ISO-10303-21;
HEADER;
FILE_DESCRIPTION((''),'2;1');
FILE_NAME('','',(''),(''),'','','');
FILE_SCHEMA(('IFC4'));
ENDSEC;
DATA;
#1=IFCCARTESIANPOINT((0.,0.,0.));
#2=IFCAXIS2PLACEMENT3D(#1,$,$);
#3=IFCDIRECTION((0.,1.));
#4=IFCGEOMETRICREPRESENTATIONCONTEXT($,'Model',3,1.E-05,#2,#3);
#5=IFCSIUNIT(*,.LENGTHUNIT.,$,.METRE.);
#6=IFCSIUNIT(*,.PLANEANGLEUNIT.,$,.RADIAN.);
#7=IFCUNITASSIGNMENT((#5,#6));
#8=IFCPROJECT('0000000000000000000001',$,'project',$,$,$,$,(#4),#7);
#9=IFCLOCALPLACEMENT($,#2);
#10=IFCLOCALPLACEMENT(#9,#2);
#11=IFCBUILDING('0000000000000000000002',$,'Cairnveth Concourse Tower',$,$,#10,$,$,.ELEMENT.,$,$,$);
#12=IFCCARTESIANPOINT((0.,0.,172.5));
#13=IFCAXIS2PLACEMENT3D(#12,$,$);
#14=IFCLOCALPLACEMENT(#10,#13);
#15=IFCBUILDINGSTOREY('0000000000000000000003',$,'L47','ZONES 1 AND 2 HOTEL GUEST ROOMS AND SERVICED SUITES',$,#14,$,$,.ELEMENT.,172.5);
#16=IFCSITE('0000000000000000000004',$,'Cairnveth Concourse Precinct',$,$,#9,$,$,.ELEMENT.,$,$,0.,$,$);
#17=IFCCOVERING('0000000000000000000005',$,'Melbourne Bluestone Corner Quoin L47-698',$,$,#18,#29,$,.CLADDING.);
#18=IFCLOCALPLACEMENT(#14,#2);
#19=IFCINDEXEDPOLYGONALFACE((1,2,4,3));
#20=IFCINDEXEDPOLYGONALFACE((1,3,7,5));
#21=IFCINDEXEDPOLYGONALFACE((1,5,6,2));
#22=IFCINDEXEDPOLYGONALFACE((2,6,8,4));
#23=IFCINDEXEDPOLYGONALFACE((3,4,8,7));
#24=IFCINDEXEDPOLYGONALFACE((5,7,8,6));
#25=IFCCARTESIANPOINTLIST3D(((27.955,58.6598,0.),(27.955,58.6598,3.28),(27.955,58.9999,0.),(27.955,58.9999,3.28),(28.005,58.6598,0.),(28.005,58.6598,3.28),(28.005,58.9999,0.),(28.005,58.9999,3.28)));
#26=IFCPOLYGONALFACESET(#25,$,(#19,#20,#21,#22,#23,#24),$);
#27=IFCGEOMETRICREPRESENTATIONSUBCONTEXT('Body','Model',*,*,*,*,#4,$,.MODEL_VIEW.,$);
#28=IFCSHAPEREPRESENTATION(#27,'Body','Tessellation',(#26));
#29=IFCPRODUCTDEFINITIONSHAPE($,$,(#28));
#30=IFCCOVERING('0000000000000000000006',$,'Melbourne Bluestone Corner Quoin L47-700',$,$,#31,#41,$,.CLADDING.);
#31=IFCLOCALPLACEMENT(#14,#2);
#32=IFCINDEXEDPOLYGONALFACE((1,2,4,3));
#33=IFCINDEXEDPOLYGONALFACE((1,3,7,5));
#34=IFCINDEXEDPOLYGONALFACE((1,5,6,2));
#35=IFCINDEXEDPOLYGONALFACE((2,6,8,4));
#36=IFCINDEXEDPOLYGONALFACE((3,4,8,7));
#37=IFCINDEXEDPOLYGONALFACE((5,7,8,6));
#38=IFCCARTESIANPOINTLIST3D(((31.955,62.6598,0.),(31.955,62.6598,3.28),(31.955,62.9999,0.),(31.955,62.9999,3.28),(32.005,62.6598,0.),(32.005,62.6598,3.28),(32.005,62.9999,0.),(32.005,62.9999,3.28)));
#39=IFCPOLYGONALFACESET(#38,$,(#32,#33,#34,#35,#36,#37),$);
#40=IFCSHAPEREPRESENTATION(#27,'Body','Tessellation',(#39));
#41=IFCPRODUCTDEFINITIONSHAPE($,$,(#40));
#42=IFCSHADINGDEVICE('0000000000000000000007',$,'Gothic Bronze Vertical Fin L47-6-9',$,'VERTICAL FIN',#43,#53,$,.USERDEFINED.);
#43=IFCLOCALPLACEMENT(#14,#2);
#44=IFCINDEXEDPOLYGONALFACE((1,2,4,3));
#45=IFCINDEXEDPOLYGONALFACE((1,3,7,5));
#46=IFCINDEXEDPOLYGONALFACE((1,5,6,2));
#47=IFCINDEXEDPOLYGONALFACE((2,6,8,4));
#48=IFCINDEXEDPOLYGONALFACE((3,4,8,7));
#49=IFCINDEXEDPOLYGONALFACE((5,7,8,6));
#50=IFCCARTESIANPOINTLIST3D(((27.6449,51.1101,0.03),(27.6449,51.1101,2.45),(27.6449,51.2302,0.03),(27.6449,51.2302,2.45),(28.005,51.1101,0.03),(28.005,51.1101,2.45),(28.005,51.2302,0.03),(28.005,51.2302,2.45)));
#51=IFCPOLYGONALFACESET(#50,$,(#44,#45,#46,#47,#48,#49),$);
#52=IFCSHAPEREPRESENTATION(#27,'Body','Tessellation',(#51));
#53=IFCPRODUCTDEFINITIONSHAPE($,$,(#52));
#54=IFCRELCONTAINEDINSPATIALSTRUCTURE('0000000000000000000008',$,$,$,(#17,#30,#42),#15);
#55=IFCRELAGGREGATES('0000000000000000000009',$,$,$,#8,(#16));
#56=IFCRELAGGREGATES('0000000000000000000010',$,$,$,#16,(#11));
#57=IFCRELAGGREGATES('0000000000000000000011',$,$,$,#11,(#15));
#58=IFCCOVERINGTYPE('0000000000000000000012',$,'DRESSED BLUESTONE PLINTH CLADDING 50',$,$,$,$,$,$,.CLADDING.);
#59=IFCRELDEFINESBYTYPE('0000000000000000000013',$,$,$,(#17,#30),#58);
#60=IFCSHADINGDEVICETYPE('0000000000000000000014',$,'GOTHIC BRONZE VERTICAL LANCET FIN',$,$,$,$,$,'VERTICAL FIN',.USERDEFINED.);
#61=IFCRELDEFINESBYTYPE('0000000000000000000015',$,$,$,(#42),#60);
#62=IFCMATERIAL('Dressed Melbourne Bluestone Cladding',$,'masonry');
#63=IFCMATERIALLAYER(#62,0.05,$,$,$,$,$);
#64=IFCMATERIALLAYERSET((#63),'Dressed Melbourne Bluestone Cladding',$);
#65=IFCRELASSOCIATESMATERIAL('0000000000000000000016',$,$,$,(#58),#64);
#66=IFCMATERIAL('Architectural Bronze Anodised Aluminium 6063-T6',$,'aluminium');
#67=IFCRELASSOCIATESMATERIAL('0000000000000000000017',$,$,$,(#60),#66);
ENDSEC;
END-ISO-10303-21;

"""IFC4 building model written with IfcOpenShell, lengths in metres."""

from ifc_helpers import new_model, si_unit, direction, frame, frame_2d, origin, origin_2d, place, context, subcontext, project, spatial, rectangle, extrude, material, layer, layer_set, type_object, element, save


model = new_model("IFC4")

# Units and contexts
model_context = context("Model", 3, precision=1e-05, world=origin(), true_north=direction((0.0, 1.0)))
body_context = subcontext(model_context, "Body", "Model", "MODEL_VIEW")
ifc_project = project(units=[si_unit("LENGTHUNIT", "METRE"), si_unit("PLANEANGLEUNIT", "RADIAN")], contexts=[model_context])

# Site, building, storey
site_placement = place(None, origin())
site = spatial("IfcSite", under=ifc_project, at=site_placement, Name="Cairnveth Concourse Precinct", CompositionType="ELEMENT", RefElevation=0.0)
building_placement = place(site_placement, origin())
building = spatial("IfcBuilding", under=site, at=building_placement, Name="Cairnveth Concourse Tower", CompositionType="ELEMENT")
storey_placement = place(building_placement, frame((0.0, 0.0, 172.5)))
storey = spatial("IfcBuildingStorey", under=building, at=storey_placement, Name="L47", Description="ZONES 1 AND 2 HOTEL GUEST ROOMS AND SERVICED SUITES", CompositionType="ELEMENT", Elevation=172.5)

# Coverings
ifc_material_1 = material(Name="Dressed Melbourne Bluestone Cladding", Category="masonry")
ifc_layer_1 = layer(ifc_material_1, 0.05)
ifc_layer_set_1 = layer_set([ifc_layer_1], Name="Dressed Melbourne Bluestone Cladding")
covering_type = type_object("IfcCoveringType", Name="DRESSED BLUESTONE PLINTH CLADDING 50", PredefinedType="CLADDING", material=ifc_layer_set_1)
for number, where, z_axis, x_axis, name in (
    (1, (27.98, 58.6599, 0.0), (0.0, 0.0, 1.0), (0.0, 1.0, 0.0), "Melbourne Bluestone Corner Quoin L47-698"),
    (2, (31.98, 62.6599, 0.0), (0.0, 0.0, 1.0), (0.0, 1.0, 0.0), "Melbourne Bluestone Corner Quoin L47-700"),
):
    element("IfcCovering", number, at=place(storey_placement, frame(where, z_axis=z_axis, x_axis=x_axis)), inside=storey, type_object=covering_type, Name=name, PredefinedType="CLADDING", context=body_context, shape_type="SweptSolid", body=[
        extrude(rectangle(XDim=0.3401, YDim=0.05, at=frame_2d((0.1699, 0.0))), origin(), (0.0, 0.0, 1.0), 3.28),
    ])

# Shading device
ifc_material_2 = material(Name="Architectural Bronze Anodised Aluminium 6063-T6", Category="aluminium")
shading_device_type = type_object("IfcShadingDeviceType", Name="GOTHIC BRONZE VERTICAL LANCET FIN", ElementType="VERTICAL FIN", PredefinedType="USERDEFINED", material=ifc_material_2)
shading_device_placement = place(storey_placement, frame((27.825, 51.1702, 0.03), z_axis=(0.0, 0.0, 1.0), x_axis=(0.0, 1.0, 0.0)))
element("IfcShadingDevice", 3, at=shading_device_placement, inside=storey, type_object=shading_device_type, Name="Gothic Bronze Vertical Fin L47-6-9", ObjectType="VERTICAL FIN", PredefinedType="USERDEFINED", context=body_context, shape_type="SweptSolid", body=[
    extrude(rectangle(XDim=0.1201, YDim=0.3601, at=origin_2d()), origin(), (0.0, 0.0, 1.0), 2.4199),
])

save(model, "model.ifc")
